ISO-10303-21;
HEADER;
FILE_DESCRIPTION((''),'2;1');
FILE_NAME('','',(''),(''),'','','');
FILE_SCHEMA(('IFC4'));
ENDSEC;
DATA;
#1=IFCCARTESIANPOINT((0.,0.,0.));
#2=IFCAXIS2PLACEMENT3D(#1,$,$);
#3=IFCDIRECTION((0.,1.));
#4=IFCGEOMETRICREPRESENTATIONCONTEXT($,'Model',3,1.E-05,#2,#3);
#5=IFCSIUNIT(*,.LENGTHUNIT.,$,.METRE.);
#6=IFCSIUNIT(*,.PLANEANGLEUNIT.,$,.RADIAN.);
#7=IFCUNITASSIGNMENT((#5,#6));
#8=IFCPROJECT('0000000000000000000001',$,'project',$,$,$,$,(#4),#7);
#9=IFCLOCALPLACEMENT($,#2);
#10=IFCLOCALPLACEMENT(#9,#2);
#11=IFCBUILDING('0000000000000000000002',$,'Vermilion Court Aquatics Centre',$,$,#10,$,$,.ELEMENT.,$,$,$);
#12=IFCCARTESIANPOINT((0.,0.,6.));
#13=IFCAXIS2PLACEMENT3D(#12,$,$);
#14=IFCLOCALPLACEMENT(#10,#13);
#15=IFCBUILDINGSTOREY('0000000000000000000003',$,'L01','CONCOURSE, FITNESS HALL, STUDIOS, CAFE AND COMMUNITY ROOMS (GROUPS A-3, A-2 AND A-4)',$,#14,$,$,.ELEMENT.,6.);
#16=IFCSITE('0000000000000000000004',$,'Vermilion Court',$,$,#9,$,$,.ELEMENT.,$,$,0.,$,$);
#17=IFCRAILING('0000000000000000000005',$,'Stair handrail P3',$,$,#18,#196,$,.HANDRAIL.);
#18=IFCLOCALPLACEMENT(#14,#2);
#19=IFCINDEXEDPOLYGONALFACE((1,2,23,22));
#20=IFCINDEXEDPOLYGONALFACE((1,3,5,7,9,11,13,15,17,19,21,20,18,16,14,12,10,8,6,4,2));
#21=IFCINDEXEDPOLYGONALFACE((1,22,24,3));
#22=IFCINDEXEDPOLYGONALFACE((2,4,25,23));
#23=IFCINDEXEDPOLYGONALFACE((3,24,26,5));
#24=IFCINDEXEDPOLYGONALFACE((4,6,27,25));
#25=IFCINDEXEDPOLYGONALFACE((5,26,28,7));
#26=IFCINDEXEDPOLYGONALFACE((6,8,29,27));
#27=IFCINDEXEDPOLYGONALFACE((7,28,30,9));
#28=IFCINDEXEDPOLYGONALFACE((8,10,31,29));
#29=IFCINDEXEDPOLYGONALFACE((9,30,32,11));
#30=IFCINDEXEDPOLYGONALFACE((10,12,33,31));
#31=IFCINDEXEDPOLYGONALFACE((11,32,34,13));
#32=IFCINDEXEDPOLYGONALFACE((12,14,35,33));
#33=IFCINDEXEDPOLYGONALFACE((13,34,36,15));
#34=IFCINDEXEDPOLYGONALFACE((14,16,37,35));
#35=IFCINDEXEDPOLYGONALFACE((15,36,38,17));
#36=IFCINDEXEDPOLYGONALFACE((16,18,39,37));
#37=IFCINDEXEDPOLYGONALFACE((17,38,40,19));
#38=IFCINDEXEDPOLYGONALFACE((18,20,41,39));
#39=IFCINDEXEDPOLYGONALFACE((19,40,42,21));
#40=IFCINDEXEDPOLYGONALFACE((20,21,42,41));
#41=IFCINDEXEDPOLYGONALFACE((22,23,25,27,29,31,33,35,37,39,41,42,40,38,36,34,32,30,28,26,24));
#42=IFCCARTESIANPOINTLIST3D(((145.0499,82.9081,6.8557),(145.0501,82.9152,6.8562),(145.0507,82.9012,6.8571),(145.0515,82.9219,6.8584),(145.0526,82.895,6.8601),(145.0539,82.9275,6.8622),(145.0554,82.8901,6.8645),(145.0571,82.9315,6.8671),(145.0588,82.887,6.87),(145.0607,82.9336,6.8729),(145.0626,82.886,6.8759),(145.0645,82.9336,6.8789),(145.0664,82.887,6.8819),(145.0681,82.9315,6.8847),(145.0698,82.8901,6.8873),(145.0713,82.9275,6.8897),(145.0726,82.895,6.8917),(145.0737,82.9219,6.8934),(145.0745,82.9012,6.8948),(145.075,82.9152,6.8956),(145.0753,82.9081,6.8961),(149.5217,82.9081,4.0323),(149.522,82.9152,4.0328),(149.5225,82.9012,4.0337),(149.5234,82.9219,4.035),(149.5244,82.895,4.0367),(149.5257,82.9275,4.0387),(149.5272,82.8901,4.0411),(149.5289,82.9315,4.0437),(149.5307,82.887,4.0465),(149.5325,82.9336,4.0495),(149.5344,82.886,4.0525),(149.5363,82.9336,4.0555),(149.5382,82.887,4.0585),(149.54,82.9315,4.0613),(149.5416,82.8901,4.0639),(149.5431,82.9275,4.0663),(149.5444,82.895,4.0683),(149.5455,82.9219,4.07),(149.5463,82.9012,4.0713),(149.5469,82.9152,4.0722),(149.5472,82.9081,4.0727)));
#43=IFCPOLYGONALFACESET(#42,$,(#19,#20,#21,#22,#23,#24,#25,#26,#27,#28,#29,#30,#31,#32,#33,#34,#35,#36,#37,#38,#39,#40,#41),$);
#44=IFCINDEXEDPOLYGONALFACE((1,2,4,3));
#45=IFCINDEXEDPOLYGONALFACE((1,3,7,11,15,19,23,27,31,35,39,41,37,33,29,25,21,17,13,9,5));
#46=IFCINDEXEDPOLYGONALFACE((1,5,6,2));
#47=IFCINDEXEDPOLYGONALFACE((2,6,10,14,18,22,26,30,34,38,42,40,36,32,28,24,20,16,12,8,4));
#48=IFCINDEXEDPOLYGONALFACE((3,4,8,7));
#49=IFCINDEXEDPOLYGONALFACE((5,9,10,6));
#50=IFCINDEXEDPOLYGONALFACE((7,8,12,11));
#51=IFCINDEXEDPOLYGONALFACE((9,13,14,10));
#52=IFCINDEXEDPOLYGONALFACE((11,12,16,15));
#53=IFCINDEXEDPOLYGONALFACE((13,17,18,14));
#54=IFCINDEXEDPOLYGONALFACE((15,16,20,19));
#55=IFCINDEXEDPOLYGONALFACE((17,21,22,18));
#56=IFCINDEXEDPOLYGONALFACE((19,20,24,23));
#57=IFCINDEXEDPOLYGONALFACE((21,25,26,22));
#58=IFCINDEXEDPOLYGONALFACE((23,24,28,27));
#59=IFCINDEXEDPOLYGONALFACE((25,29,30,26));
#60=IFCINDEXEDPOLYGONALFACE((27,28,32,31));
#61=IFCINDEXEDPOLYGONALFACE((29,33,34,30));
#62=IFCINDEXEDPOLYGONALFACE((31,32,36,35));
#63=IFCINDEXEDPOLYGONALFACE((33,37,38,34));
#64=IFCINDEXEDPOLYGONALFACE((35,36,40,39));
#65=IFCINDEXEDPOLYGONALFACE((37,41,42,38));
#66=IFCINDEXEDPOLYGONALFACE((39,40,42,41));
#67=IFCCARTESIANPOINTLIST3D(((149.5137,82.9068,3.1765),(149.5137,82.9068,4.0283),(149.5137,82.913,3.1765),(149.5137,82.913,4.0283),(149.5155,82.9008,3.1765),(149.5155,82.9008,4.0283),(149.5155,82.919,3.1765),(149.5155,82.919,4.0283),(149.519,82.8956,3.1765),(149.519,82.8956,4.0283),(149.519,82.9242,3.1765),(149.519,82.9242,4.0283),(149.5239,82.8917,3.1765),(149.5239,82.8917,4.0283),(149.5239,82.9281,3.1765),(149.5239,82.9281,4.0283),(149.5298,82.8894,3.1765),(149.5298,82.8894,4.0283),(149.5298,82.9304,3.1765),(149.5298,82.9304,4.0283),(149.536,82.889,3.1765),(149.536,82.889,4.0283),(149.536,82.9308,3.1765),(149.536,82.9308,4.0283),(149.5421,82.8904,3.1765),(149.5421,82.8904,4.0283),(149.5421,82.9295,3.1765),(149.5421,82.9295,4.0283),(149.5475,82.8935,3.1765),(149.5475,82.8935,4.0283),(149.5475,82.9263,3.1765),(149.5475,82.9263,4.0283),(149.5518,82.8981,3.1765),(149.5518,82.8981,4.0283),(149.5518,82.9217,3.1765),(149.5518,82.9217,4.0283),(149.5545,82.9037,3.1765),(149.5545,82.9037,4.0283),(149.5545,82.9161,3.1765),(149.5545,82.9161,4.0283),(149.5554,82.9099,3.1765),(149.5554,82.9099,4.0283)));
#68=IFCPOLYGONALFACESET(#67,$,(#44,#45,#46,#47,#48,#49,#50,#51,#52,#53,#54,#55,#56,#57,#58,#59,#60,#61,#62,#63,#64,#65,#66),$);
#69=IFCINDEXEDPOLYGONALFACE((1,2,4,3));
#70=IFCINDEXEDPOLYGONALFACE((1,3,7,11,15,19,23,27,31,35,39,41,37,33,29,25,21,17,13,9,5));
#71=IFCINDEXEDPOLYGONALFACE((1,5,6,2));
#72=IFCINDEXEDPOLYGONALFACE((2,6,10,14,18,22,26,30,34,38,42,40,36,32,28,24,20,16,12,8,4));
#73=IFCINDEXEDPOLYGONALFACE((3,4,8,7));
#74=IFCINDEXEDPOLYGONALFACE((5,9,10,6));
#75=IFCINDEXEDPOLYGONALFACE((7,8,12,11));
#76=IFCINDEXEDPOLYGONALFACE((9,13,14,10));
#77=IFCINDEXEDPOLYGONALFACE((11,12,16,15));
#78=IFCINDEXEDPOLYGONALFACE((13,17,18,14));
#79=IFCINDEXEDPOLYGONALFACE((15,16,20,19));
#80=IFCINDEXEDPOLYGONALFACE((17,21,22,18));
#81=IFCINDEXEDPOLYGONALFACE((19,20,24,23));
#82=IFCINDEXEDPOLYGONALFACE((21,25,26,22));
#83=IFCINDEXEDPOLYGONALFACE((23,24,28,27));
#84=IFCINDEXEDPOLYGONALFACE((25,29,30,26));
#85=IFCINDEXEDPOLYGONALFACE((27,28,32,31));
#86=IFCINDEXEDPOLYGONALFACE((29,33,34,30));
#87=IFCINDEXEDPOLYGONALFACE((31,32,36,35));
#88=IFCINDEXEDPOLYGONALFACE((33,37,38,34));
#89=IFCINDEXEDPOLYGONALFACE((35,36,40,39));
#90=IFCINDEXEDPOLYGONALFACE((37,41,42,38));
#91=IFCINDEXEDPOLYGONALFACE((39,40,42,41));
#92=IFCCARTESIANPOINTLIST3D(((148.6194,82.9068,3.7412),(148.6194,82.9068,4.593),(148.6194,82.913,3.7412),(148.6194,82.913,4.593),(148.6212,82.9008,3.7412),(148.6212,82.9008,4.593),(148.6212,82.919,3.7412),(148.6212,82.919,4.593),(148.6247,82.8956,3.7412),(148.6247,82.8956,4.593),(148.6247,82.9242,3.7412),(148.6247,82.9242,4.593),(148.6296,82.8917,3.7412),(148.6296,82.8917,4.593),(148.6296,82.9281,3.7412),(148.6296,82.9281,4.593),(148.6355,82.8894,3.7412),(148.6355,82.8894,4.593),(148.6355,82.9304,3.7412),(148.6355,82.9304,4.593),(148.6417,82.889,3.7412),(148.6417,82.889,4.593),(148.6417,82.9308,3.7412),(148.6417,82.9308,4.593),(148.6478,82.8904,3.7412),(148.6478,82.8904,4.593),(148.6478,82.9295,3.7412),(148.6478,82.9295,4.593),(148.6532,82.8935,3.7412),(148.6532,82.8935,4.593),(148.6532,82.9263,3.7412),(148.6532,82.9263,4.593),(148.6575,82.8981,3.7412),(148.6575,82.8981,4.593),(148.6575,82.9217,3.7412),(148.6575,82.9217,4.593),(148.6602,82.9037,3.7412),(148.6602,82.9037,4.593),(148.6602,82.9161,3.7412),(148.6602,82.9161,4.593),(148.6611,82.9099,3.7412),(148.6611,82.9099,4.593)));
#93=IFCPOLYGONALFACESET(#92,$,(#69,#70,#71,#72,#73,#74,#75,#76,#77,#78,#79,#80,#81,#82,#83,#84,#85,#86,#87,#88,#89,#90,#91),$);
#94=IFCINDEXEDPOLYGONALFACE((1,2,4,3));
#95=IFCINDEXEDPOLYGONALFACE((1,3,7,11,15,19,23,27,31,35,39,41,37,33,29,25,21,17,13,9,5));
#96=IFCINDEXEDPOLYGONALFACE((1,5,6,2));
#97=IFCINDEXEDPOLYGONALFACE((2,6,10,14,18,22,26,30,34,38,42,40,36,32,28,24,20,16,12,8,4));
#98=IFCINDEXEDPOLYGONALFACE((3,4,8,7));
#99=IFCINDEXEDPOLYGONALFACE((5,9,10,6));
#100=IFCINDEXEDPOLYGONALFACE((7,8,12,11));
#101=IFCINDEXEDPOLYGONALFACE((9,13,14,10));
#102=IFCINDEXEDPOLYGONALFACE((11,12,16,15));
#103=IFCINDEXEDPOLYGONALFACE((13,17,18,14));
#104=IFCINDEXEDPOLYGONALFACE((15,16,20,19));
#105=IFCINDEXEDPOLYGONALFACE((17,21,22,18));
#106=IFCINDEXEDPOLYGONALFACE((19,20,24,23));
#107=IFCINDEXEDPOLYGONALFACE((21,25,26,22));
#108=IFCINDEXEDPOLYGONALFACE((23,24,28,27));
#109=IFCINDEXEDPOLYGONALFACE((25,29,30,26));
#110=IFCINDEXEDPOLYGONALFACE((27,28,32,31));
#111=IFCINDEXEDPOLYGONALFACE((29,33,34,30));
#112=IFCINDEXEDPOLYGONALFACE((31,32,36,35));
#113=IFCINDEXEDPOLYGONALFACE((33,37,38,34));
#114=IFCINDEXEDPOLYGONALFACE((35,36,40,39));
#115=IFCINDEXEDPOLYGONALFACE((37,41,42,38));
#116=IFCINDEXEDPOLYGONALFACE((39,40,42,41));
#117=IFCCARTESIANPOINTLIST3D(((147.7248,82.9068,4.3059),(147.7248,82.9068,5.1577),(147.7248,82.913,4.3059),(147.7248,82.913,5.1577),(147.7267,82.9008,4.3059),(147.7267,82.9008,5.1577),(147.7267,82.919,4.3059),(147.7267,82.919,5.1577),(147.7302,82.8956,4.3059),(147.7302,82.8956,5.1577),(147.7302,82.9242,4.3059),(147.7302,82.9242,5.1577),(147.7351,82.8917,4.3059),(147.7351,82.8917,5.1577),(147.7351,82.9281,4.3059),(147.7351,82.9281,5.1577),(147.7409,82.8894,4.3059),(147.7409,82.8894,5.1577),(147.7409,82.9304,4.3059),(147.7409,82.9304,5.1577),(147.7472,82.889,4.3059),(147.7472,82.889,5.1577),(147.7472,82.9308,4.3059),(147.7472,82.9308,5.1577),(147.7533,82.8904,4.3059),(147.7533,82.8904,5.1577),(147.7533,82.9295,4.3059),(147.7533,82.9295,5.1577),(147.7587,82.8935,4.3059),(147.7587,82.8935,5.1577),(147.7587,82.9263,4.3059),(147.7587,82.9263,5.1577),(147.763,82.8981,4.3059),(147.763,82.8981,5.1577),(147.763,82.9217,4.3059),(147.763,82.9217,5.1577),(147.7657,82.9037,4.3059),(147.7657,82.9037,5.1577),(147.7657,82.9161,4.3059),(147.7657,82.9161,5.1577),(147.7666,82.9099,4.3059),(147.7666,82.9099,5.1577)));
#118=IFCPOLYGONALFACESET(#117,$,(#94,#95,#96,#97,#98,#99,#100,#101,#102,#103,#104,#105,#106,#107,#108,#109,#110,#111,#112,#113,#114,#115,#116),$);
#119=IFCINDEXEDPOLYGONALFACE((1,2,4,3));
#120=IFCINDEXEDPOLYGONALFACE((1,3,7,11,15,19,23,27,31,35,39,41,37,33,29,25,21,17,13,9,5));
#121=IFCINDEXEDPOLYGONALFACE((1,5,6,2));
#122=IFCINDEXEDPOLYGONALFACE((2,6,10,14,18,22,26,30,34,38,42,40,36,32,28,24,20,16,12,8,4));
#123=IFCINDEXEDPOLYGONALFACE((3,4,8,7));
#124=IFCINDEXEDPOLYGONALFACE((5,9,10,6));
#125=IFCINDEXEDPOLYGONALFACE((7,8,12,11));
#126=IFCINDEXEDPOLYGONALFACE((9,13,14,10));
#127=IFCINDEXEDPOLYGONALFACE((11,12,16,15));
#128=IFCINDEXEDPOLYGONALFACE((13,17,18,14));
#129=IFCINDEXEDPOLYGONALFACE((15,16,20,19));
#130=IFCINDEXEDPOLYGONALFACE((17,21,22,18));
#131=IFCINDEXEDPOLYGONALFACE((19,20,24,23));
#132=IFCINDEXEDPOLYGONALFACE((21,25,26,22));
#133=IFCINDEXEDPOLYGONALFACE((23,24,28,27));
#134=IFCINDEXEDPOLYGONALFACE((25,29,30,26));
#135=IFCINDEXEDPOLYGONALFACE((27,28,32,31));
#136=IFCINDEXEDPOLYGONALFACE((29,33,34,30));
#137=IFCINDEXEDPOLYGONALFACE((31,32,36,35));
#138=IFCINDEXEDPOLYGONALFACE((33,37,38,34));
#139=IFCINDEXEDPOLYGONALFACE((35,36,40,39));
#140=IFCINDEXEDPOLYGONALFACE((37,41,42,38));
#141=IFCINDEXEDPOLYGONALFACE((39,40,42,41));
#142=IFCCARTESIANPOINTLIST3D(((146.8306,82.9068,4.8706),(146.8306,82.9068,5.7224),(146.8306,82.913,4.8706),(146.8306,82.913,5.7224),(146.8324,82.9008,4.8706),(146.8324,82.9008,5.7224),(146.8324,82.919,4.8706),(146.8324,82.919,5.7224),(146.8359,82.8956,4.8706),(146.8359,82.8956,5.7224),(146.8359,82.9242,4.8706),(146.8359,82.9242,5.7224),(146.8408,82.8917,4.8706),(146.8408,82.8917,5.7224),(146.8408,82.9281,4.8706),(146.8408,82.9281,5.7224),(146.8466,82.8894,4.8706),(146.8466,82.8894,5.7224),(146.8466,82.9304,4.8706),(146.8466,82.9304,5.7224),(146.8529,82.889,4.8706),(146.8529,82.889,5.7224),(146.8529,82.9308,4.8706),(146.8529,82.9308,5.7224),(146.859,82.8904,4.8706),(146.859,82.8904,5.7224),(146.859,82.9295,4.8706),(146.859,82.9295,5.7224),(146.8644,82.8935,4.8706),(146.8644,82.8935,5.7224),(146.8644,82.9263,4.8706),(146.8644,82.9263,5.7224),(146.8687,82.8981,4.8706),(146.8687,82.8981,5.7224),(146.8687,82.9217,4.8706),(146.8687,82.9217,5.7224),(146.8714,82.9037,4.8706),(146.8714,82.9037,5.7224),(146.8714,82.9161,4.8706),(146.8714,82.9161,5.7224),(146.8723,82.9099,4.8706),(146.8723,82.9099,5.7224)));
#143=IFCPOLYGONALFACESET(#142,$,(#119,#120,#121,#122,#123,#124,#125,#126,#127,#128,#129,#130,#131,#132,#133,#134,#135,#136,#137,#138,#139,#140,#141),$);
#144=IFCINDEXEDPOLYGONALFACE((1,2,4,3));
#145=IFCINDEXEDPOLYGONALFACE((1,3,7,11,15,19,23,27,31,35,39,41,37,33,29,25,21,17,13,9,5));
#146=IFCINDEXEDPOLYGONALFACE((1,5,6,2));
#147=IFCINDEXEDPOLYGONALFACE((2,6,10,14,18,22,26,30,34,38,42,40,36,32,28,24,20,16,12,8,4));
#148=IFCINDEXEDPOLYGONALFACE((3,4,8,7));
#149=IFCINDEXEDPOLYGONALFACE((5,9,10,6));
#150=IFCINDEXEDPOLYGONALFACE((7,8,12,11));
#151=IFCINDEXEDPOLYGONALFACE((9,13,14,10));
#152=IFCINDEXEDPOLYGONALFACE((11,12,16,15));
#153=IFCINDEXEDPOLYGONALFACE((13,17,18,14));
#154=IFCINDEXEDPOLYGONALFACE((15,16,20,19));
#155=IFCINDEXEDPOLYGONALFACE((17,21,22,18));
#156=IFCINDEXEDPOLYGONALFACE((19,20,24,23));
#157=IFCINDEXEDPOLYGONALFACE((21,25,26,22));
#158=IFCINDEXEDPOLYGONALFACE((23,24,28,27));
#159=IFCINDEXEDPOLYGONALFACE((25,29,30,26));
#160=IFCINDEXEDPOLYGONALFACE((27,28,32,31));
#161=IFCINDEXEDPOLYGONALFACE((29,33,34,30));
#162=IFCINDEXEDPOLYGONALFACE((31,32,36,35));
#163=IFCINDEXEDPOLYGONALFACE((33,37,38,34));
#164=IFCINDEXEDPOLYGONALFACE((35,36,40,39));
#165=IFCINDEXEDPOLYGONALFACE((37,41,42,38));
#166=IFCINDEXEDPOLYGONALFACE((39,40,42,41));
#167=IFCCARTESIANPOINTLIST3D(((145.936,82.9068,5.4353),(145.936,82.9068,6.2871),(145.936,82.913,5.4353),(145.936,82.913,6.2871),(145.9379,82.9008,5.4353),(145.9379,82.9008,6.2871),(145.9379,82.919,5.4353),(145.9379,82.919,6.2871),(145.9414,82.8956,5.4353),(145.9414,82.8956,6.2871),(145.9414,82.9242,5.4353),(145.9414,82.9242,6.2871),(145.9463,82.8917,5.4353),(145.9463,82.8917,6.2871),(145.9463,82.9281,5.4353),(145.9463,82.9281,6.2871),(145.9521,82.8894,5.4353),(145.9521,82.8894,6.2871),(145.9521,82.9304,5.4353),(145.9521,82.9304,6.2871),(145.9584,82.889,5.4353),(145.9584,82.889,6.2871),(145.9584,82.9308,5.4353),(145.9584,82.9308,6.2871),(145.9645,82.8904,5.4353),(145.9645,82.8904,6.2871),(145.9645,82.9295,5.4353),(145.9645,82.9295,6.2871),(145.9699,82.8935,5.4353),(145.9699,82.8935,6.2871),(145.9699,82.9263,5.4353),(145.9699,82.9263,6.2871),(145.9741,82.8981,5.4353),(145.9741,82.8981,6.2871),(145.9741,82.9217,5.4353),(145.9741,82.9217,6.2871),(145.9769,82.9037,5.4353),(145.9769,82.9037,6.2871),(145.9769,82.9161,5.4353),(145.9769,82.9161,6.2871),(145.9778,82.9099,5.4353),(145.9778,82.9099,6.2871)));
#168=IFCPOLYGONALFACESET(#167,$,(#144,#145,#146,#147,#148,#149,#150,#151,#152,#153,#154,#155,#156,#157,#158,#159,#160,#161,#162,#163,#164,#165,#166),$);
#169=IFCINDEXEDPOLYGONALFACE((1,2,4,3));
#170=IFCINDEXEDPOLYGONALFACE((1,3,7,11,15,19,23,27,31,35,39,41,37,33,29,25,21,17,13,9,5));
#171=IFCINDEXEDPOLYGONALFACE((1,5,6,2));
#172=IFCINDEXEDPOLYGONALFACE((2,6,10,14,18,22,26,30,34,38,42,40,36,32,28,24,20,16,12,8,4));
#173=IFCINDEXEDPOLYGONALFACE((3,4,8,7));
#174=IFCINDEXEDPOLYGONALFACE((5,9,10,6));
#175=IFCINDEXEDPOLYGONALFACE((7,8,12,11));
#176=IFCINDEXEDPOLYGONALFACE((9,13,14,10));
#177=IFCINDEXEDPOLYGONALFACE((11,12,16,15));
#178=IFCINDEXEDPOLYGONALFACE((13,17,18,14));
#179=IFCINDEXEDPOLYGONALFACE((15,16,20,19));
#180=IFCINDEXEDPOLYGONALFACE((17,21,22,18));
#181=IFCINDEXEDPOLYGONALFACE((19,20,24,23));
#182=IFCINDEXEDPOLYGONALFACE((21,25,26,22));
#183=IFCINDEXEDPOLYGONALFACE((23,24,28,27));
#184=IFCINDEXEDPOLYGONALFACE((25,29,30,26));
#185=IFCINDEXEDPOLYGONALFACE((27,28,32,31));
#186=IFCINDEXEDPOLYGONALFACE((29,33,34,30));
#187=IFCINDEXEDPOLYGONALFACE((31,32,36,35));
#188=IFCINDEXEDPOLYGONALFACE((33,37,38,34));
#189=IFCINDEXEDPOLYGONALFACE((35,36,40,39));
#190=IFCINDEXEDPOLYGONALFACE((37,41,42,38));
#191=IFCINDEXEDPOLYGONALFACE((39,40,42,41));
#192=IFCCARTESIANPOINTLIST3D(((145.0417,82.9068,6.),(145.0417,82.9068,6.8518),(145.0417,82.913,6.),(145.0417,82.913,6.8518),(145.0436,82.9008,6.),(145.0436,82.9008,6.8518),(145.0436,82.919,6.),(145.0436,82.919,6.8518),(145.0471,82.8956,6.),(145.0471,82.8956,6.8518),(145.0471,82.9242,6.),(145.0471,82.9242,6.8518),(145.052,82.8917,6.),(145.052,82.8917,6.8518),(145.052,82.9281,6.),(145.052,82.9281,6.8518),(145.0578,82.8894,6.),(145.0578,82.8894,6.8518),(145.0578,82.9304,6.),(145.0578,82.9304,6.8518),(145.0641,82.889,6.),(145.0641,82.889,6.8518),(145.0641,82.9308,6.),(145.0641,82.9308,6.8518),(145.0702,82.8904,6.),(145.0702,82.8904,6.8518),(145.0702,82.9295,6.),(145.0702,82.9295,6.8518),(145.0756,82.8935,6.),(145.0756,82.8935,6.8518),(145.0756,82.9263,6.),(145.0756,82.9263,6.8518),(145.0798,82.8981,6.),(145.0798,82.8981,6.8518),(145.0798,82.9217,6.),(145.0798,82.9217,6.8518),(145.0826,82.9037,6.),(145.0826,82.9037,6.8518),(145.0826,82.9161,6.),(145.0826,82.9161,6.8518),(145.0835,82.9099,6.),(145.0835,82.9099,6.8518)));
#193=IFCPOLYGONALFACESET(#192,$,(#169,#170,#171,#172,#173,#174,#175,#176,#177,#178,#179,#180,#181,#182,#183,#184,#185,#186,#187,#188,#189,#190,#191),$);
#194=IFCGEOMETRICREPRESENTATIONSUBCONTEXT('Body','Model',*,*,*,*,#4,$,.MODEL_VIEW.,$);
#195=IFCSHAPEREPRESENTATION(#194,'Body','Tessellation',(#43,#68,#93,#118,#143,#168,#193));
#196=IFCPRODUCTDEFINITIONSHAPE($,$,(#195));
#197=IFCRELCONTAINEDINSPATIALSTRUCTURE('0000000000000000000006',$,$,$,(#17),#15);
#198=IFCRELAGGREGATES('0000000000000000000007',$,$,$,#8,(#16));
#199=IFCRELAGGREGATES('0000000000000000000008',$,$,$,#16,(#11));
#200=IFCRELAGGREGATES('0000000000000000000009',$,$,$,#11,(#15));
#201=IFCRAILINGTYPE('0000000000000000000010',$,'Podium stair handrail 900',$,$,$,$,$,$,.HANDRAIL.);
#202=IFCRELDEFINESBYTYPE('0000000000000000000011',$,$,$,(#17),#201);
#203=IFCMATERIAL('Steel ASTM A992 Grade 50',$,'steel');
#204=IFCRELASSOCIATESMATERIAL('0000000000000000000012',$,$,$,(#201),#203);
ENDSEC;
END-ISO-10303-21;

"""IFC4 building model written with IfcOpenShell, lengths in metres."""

from ifc_helpers import new_model, si_unit, direction, frame, origin, origin_2d, place, context, subcontext, project, spatial, circle, extrude, material, type_object, element, save


model = new_model("IFC4")

# Units and contexts
model_context = context("Model", 3, precision=1e-05, world=origin(), true_north=direction((0.0, 1.0)))
body_context = subcontext(model_context, "Body", "Model", "MODEL_VIEW")
ifc_project = project(units=[si_unit("LENGTHUNIT", "METRE"), si_unit("PLANEANGLEUNIT", "RADIAN")], contexts=[model_context])

# Site, building, storey
site_placement = place(None, origin())
site = spatial("IfcSite", under=ifc_project, at=site_placement, Name="Vermilion Court", CompositionType="ELEMENT", RefElevation=0.0)
building_placement = place(site_placement, origin())
building = spatial("IfcBuilding", under=site, at=building_placement, Name="Vermilion Court Aquatics Centre", CompositionType="ELEMENT")
storey_placement = place(building_placement, frame((0.0, 0.0, 6.0)))
storey = spatial("IfcBuildingStorey", under=building, at=storey_placement, Name="L01", Description="CONCOURSE, FITNESS HALL, STUDIOS, CAFE AND COMMUNITY ROOMS (GROUPS A-3, A-2 AND A-4)", CompositionType="ELEMENT", Elevation=6.0)

# Railing
ifc_material_1 = material(Name="Steel ASTM A992 Grade 50", Category="steel")
railing_type_1 = type_object("IfcRailingType", Name="Podium stair handrail 900", PredefinedType="HANDRAIL", material=ifc_material_1)
for number, where, name in (
    (1, (149.5344, 82.9099, 3.1765), "Stair handrail P3"),
):
    element("IfcRailing", number, at=place(storey_placement, frame(where)), inside=storey, type_object=railing_type_1, Name=name, PredefinedType="HANDRAIL", context=body_context, shape_type="SweptSolid", body=[
        extrude(circle(Radius=0.0239, at=origin_2d()), frame((0.0, 0.0, 0.876), z_axis=(-0.845565, 0.0, 0.533873), x_axis=(0.0, -1.0, 0.0)), (0.0, 0.0, 1.0), 5.2886),
        extrude(circle(Radius=0.021, at=origin_2d()), origin(), (0.0, 0.0, 1.0), 0.8518),
        extrude(circle(Radius=0.021, at=origin_2d()), frame((-0.8943, 0.0, 0.5647)), (0.0, 0.0, 1.0), 0.8518),
        extrude(circle(Radius=0.021, at=origin_2d()), frame((-1.7888, 0.0, 1.1294)), (0.0, 0.0, 1.0), 0.8518),
        extrude(circle(Radius=0.021, at=origin_2d()), frame((-2.6831, 0.0, 1.6941)), (0.0, 0.0, 1.0), 0.8518),
        extrude(circle(Radius=0.021, at=origin_2d()), frame((-3.5776, 0.0, 2.2588)), (0.0, 0.0, 1.0), 0.8518),
        extrude(circle(Radius=0.021, at=origin_2d()), frame((-4.4719, 0.0, 2.8235)), (0.0, 0.0, 1.0), 0.8518),
    ])

save(model, "model.ifc")
